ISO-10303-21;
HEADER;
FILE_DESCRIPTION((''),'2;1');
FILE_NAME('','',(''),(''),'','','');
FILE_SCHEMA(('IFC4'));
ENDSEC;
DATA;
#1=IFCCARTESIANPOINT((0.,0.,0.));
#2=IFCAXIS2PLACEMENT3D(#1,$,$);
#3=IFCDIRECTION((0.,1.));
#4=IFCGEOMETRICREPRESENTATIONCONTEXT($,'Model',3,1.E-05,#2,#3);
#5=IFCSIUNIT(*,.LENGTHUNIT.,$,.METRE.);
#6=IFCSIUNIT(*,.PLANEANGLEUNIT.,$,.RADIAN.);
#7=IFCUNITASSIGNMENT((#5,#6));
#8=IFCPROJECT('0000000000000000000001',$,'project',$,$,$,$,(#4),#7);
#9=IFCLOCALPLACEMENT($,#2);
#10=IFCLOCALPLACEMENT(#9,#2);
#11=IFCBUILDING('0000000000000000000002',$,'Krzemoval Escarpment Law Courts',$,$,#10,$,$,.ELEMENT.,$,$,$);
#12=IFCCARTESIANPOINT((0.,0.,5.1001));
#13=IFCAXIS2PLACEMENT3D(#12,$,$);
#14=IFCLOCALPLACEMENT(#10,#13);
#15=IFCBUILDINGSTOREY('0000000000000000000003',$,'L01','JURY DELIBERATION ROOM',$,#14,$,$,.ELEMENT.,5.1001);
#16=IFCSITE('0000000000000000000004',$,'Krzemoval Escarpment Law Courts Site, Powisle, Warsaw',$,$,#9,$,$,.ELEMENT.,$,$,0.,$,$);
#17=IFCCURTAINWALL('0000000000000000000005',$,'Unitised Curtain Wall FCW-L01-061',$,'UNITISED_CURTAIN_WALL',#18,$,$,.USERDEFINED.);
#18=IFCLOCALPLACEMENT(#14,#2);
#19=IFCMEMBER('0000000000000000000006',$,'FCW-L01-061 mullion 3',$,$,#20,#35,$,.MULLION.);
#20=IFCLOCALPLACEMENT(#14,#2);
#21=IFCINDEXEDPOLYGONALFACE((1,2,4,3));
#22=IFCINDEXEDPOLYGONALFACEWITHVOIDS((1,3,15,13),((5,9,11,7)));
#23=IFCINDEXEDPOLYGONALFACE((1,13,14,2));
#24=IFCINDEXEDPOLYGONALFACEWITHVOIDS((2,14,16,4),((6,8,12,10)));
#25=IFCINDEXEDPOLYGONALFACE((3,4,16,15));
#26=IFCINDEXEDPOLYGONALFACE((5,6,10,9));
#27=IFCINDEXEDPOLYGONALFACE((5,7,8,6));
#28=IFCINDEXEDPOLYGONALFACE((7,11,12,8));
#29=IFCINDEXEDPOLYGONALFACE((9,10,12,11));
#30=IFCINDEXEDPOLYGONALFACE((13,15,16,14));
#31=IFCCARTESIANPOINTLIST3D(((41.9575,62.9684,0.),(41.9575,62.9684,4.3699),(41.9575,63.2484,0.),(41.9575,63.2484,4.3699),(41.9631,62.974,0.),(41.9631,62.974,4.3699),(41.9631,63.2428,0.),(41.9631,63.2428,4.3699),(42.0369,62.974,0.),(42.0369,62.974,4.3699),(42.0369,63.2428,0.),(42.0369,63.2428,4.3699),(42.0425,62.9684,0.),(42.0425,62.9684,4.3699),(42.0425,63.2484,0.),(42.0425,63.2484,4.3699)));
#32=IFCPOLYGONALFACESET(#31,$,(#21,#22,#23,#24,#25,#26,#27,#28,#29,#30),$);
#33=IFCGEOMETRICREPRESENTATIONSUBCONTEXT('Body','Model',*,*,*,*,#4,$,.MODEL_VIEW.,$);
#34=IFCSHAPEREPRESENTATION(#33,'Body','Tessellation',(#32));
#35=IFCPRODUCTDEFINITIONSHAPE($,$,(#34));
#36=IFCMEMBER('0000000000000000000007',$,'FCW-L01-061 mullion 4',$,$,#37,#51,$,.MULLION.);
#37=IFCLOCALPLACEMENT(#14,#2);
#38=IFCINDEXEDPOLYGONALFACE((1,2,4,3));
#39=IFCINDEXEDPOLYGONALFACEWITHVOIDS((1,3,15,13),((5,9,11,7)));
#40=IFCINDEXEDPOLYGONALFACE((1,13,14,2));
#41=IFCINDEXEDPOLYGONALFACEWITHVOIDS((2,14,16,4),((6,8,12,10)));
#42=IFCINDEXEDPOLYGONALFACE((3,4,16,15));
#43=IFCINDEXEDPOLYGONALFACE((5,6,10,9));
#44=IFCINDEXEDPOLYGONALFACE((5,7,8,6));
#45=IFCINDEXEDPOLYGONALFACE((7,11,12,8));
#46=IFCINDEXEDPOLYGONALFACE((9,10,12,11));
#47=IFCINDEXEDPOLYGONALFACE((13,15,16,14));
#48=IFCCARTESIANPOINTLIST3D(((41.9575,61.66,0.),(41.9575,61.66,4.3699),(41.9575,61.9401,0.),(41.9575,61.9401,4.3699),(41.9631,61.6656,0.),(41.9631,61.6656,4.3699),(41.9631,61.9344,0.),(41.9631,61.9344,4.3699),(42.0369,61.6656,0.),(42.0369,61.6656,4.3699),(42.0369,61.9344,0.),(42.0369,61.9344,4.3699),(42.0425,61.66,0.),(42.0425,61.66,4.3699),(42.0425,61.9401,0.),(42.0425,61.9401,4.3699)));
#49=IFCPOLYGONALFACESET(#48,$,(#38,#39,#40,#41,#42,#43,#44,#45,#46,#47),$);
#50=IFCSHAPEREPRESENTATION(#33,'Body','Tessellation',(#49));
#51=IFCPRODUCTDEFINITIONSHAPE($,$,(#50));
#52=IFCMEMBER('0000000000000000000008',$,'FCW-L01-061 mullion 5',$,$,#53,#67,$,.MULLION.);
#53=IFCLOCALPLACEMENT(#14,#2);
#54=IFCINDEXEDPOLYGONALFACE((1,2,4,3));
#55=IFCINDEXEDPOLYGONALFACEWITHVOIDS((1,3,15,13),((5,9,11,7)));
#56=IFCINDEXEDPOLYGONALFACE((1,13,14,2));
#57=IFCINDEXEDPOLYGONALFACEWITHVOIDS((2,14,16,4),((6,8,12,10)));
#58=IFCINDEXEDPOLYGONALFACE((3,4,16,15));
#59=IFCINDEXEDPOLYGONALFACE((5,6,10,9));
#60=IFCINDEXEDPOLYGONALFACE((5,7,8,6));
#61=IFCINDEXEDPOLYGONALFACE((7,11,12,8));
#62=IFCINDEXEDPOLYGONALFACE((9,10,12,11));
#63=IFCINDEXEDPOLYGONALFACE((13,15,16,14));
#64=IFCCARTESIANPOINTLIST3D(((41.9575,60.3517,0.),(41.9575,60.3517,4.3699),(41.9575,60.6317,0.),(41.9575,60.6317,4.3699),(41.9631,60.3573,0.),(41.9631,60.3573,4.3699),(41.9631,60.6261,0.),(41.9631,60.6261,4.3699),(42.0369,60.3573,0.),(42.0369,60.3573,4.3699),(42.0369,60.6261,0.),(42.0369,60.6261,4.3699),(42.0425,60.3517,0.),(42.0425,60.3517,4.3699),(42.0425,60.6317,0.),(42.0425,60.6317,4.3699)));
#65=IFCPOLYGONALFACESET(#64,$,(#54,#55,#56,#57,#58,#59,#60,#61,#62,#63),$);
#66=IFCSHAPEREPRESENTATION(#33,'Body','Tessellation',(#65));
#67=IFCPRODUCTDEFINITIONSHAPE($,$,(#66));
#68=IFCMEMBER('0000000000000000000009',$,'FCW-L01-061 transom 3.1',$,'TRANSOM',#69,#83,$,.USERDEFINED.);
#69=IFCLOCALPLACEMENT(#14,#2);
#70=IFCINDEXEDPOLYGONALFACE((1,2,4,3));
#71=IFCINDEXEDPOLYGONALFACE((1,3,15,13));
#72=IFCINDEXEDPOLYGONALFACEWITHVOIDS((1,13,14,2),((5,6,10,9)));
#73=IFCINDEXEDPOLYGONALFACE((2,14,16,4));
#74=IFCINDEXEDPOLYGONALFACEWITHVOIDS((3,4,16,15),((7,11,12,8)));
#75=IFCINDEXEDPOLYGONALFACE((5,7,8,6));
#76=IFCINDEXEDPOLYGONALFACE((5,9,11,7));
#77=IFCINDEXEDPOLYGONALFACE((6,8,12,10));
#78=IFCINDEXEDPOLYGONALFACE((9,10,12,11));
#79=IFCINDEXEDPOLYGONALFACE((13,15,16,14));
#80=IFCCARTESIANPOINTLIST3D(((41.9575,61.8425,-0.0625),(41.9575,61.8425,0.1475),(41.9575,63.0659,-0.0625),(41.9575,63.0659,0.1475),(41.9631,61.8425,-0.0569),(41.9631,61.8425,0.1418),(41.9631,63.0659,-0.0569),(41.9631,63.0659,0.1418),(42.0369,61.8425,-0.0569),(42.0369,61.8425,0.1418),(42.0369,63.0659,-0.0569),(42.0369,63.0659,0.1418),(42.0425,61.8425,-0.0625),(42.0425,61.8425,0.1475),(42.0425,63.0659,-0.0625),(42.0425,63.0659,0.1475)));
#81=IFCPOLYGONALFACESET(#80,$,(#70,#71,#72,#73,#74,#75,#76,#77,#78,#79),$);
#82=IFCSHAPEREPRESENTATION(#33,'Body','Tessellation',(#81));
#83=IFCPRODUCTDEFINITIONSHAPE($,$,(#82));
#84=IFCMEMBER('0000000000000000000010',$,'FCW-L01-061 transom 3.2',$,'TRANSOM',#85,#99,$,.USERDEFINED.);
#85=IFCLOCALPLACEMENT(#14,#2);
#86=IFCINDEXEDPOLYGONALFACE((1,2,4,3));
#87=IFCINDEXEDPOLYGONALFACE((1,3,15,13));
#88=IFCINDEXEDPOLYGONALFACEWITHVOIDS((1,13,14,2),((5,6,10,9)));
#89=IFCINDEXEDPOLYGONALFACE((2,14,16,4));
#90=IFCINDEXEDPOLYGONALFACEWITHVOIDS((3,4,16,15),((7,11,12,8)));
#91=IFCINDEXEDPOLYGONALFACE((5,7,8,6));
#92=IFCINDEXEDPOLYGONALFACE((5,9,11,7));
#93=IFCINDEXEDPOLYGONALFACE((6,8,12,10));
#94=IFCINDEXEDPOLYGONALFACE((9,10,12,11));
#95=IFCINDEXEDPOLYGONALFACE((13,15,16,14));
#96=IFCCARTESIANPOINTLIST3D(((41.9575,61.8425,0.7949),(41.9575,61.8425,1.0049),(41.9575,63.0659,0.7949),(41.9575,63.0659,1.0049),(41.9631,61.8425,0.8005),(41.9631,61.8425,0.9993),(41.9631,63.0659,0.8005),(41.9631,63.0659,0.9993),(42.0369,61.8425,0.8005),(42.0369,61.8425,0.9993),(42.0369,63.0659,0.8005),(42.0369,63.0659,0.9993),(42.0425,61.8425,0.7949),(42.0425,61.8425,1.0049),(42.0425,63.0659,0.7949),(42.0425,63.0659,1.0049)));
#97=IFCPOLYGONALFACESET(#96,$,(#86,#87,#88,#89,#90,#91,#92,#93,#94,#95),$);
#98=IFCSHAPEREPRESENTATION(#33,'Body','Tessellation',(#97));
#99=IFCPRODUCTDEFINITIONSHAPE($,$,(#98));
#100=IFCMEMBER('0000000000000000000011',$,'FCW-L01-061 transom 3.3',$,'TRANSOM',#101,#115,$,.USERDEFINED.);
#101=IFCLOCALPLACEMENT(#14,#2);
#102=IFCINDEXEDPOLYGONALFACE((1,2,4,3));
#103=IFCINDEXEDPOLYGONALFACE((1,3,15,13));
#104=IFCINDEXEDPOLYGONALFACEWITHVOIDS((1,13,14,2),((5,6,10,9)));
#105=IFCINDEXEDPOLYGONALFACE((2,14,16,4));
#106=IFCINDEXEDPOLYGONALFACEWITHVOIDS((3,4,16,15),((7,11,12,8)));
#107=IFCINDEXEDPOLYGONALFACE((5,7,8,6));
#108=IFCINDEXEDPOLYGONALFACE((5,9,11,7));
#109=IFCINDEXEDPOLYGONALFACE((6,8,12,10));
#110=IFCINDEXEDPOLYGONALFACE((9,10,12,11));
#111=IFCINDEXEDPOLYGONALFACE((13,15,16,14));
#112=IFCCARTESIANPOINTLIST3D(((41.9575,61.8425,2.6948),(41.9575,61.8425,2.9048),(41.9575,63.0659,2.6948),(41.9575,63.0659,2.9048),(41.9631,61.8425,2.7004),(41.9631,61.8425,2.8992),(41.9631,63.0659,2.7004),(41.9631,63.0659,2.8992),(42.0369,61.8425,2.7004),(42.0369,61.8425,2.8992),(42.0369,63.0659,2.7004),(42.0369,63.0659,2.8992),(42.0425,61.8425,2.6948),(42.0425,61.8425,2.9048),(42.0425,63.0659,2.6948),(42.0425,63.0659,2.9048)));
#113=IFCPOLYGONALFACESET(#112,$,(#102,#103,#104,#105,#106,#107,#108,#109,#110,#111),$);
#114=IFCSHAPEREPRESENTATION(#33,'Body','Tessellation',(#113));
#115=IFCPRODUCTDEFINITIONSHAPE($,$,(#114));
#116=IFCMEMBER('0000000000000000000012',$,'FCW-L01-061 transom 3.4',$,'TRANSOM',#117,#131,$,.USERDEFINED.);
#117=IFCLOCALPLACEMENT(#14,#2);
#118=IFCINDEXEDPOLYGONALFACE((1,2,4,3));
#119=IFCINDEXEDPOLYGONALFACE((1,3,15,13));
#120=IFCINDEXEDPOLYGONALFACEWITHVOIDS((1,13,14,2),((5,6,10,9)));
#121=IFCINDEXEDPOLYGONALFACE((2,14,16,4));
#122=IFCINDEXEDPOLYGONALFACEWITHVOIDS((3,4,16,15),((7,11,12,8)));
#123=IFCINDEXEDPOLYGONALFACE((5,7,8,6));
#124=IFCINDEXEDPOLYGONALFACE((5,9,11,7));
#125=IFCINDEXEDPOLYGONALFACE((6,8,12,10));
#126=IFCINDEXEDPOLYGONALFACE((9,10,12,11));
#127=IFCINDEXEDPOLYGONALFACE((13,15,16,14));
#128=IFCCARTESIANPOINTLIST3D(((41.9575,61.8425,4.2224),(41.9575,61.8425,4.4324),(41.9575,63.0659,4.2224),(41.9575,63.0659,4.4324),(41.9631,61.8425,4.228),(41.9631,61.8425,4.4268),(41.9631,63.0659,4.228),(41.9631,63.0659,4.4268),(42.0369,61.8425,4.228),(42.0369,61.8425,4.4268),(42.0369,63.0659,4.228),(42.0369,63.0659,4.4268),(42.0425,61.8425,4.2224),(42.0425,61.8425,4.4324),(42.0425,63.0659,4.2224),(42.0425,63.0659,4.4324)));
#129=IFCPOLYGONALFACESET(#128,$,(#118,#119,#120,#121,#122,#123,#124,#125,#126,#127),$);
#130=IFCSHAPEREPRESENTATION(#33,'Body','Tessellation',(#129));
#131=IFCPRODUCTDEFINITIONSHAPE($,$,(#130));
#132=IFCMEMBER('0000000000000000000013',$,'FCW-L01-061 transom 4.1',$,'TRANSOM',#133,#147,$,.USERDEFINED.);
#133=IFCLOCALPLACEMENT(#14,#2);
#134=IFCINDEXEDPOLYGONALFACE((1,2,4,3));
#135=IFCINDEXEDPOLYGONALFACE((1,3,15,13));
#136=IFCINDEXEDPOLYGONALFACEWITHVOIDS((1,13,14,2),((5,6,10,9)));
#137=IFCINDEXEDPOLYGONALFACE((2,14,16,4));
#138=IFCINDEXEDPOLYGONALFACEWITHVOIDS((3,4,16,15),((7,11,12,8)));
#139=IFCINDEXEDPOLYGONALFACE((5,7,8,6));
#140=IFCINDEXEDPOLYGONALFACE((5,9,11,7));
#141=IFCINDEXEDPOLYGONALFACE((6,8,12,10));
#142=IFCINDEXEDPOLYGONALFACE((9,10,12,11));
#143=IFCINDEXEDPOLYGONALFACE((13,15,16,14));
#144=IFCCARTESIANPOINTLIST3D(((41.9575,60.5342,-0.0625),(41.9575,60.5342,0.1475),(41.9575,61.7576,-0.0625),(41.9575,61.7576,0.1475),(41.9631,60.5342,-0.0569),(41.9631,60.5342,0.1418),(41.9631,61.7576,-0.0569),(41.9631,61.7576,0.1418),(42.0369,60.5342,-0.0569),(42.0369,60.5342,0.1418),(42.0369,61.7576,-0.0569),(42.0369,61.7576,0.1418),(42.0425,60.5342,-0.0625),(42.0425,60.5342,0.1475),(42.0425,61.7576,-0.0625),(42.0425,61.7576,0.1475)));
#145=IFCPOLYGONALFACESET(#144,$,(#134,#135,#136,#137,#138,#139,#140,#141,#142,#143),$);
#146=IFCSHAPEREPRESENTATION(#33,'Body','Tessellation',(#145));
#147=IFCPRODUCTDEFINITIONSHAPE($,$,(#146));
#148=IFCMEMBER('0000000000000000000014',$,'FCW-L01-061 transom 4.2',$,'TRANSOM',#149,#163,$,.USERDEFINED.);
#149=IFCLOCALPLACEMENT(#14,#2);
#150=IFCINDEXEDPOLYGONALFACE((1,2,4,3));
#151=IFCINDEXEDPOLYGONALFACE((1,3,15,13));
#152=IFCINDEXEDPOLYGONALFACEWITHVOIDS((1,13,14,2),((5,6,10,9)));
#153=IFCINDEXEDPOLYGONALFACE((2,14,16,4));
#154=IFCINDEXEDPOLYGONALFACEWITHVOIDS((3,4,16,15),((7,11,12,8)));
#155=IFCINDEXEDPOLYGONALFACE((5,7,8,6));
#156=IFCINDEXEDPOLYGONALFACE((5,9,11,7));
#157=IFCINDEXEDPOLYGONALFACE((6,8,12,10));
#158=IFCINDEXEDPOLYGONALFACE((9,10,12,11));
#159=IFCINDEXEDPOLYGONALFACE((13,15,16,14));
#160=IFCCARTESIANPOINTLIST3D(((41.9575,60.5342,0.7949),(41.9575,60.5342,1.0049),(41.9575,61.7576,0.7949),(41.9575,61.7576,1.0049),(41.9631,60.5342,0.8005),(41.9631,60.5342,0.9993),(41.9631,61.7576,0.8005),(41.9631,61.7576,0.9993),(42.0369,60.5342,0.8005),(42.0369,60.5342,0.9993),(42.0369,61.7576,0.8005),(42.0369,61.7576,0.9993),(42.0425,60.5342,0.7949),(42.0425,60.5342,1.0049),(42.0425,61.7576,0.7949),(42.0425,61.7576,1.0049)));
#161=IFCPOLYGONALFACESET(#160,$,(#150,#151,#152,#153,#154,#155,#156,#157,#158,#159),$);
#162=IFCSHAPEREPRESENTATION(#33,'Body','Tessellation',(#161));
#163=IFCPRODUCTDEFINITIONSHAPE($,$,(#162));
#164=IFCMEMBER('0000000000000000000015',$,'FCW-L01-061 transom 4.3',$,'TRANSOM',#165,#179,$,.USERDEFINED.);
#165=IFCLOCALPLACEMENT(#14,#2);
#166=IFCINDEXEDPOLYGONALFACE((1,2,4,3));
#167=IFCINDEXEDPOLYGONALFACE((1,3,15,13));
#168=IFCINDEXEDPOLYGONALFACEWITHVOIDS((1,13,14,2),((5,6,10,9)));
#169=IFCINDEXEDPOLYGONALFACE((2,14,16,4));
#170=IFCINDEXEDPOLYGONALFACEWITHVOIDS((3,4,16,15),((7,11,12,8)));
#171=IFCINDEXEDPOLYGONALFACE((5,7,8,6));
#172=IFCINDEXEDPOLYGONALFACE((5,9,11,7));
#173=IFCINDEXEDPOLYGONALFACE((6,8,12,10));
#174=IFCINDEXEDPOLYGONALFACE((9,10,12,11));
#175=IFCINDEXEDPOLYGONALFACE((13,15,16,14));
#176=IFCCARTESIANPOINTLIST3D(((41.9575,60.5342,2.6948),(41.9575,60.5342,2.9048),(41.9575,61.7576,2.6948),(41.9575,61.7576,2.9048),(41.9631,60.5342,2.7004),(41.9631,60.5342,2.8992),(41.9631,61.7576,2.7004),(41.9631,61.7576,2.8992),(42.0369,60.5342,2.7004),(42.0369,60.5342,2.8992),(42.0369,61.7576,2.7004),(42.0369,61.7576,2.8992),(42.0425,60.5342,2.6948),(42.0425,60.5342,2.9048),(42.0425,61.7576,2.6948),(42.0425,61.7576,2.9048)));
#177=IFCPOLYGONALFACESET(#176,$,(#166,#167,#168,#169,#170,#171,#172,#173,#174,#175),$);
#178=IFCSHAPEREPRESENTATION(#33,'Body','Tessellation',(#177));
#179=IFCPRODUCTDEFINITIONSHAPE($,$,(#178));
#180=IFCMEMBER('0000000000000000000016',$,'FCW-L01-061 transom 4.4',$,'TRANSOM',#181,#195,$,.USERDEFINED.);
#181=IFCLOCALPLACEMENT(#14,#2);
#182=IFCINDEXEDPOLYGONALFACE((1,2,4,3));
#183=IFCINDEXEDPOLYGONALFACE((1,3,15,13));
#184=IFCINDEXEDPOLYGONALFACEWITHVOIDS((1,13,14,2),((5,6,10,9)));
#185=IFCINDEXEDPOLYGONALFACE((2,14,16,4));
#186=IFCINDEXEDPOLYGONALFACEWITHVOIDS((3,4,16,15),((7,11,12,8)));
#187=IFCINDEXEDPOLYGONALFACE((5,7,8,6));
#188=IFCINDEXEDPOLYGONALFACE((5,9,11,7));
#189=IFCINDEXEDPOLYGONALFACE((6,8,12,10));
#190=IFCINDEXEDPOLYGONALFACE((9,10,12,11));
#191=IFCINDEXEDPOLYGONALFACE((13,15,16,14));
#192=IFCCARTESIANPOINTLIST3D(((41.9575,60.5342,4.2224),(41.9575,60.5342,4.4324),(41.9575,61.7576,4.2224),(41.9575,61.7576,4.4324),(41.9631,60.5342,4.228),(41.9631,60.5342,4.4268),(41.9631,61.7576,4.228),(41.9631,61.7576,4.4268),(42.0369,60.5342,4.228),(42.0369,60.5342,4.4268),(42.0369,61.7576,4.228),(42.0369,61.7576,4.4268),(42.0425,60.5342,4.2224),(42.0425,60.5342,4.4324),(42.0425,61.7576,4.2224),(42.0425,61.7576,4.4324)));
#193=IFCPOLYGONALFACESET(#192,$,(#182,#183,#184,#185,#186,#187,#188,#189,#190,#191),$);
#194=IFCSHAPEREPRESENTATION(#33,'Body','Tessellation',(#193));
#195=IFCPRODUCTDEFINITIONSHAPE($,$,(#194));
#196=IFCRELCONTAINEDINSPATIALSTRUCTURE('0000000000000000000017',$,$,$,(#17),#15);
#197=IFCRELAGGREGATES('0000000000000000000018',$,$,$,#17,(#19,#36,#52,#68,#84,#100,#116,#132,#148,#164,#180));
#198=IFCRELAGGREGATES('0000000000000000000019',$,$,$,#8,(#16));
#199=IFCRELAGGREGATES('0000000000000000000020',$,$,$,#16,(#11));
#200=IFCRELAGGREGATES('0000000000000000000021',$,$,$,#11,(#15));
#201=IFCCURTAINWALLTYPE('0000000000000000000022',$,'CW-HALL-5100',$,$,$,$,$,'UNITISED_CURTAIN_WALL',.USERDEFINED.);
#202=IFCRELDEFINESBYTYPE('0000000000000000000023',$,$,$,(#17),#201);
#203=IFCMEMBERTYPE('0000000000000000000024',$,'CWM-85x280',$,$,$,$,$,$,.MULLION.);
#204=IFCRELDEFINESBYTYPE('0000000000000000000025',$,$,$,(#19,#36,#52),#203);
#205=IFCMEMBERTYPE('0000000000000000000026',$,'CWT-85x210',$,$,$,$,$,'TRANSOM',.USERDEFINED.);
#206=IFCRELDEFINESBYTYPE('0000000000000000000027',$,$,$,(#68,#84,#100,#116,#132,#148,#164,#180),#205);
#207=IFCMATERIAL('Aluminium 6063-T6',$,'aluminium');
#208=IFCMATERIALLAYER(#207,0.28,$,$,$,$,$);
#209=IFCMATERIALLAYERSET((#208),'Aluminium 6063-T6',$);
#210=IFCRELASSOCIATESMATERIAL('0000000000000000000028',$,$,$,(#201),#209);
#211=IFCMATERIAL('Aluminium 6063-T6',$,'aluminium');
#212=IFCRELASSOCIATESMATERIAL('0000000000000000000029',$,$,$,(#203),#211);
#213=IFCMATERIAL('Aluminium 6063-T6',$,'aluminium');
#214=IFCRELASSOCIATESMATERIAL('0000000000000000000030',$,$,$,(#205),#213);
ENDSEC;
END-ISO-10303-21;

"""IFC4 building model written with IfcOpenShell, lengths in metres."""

from ifc_helpers import new_model, si_unit, direction, frame, origin, origin_2d, place, context, subcontext, project, spatial, hollow_rectangle, extrude, material, layer, layer_set, material_profile, profile_set, type_object, element, aggregate, save


model = new_model("IFC4")

# Units and contexts
model_context = context("Model", 3, precision=1e-05, world=origin(), true_north=direction((0.0, 1.0)))
body_context = subcontext(model_context, "Body", "Model", "MODEL_VIEW")
ifc_project = project(units=[si_unit("LENGTHUNIT", "METRE"), si_unit("PLANEANGLEUNIT", "RADIAN")], contexts=[model_context])

# Site, building, storey
site_placement = place(None, origin())
site = spatial("IfcSite", under=ifc_project, at=site_placement, Name="Krzemoval Escarpment Law Courts Site, Powisle, Warsaw", CompositionType="ELEMENT", RefElevation=0.0)
building_placement = place(site_placement, origin())
building = spatial("IfcBuilding", under=site, at=building_placement, Name="Krzemoval Escarpment Law Courts", CompositionType="ELEMENT")
storey_placement = place(building_placement, frame((0.0, 0.0, 5.1001)))
storey = spatial("IfcBuildingStorey", under=building, at=storey_placement, Name="L01", Description="JURY DELIBERATION ROOM", CompositionType="ELEMENT", Elevation=5.1001)

# Curtain wall, members
ifc_material_1 = material(Name="Aluminium 6063-T6", Category="aluminium")
ifc_layer_1 = layer(ifc_material_1, 0.28)
ifc_layer_set_1 = layer_set([ifc_layer_1], Name="Aluminium 6063-T6")
curtain_wall_type = type_object("IfcCurtainWallType", Name="CW-HALL-5100", ElementType="UNITISED_CURTAIN_WALL", PredefinedType="USERDEFINED", material=ifc_layer_set_1)
curtain_wall_placement = place(storey_placement, origin())
curtain_wall = element("IfcCurtainWall", 1, at=curtain_wall_placement, inside=storey, type_object=curtain_wall_type, Name="Unitised Curtain Wall FCW-L01-061", ObjectType="UNITISED_CURTAIN_WALL", PredefinedType="USERDEFINED")
ifc_material_2 = material(Name="Aluminium 6063-T6", Category="aluminium")
ifc_material_profile_1 = material_profile(ifc_material_2, hollow_rectangle(XDim=0.085, YDim=0.28, WallThickness=0.0056, at=origin_2d()), Name="ALU M85x280")
ifc_profile_set_1 = profile_set([ifc_material_profile_1], Name="Aluminium 6063-T6")
member_type_1 = type_object("IfcMemberType", Name="CWM-85x280", PredefinedType="MULLION", material=ifc_profile_set_1)
member_1_placement = place(storey_placement, frame((42.0, 63.1084, 0.0), z_axis=(0.0, 0.0, 1.0), x_axis=(1.0, 0.0, 0.0)))
member_1 = element("IfcMember", 2, at=member_1_placement, type_object=member_type_1, Name="FCW-L01-061 mullion 3", PredefinedType="MULLION", context=body_context, shape_type="SweptSolid", body=[
    extrude(hollow_rectangle(XDim=0.085, YDim=0.28, WallThickness=0.0056, at=origin_2d()), origin(), (0.0, 0.0, 1.0), 4.3699),
])
member_2_placement = place(storey_placement, frame((42.0, 61.8, 0.0), z_axis=(0.0, 0.0, 1.0), x_axis=(1.0, 0.0, 0.0)))
member_2 = element("IfcMember", 3, at=member_2_placement, type_object=member_type_1, Name="FCW-L01-061 mullion 4", PredefinedType="MULLION", context=body_context, shape_type="SweptSolid", body=[
    extrude(hollow_rectangle(XDim=0.085, YDim=0.28, WallThickness=0.0056, at=origin_2d()), origin(), (0.0, 0.0, 1.0), 4.3699),
])
member_3_placement = place(storey_placement, frame((42.0, 60.4917, 0.0), z_axis=(0.0, 0.0, 1.0), x_axis=(1.0, 0.0, 0.0)))
member_3 = element("IfcMember", 4, at=member_3_placement, type_object=member_type_1, Name="FCW-L01-061 mullion 5", PredefinedType="MULLION", context=body_context, shape_type="SweptSolid", body=[
    extrude(hollow_rectangle(XDim=0.085, YDim=0.28, WallThickness=0.0056, at=origin_2d()), origin(), (0.0, 0.0, 1.0), 4.3699),
])
ifc_material_3 = material(Name="Aluminium 6063-T6", Category="aluminium")
ifc_material_profile_2 = material_profile(ifc_material_3, hollow_rectangle(XDim=0.085, YDim=0.21, WallThickness=0.0056, at=origin_2d()), Name="ALU T85x210")
ifc_profile_set_2 = profile_set([ifc_material_profile_2], Name="Aluminium 6063-T6")
member_type_2 = type_object("IfcMemberType", Name="CWT-85x210", ElementType="TRANSOM", PredefinedType="USERDEFINED", material=ifc_profile_set_2)
member_4_placement = place(storey_placement, frame((42.0, 63.0659, 0.0425), z_axis=(0.0, -1.0, 0.0), x_axis=(1.0, 0.0, 0.0)))
member_4 = element("IfcMember", 5, at=member_4_placement, type_object=member_type_2, Name="FCW-L01-061 transom 3.1", ObjectType="TRANSOM", PredefinedType="USERDEFINED", context=body_context, shape_type="SweptSolid", body=[
    extrude(hollow_rectangle(XDim=0.085, YDim=0.21, WallThickness=0.0056, at=origin_2d()), origin(), (0.0, 0.0, 1.0), 1.2234),
])
member_5_placement = place(storey_placement, frame((42.0, 63.0659, 0.8999), z_axis=(0.0, -1.0, 0.0), x_axis=(1.0, 0.0, 0.0)))
member_5 = element("IfcMember", 6, at=member_5_placement, type_object=member_type_2, Name="FCW-L01-061 transom 3.2", ObjectType="TRANSOM", PredefinedType="USERDEFINED", context=body_context, shape_type="SweptSolid", body=[
    extrude(hollow_rectangle(XDim=0.085, YDim=0.21, WallThickness=0.0056, at=origin_2d()), origin(), (0.0, 0.0, 1.0), 1.2234),
])
member_6_placement = place(storey_placement, frame((42.0, 63.0659, 2.7998), z_axis=(0.0, -1.0, 0.0), x_axis=(1.0, 0.0, 0.0)))
member_6 = element("IfcMember", 7, at=member_6_placement, type_object=member_type_2, Name="FCW-L01-061 transom 3.3", ObjectType="TRANSOM", PredefinedType="USERDEFINED", context=body_context, shape_type="SweptSolid", body=[
    extrude(hollow_rectangle(XDim=0.085, YDim=0.21, WallThickness=0.0056, at=origin_2d()), origin(), (0.0, 0.0, 1.0), 1.2234),
])
member_7_placement = place(storey_placement, frame((42.0, 63.0659, 4.3274), z_axis=(0.0, -1.0, 0.0), x_axis=(1.0, 0.0, 0.0)))
member_7 = element("IfcMember", 8, at=member_7_placement, type_object=member_type_2, Name="FCW-L01-061 transom 3.4", ObjectType="TRANSOM", PredefinedType="USERDEFINED", context=body_context, shape_type="SweptSolid", body=[
    extrude(hollow_rectangle(XDim=0.085, YDim=0.21, WallThickness=0.0056, at=origin_2d()), origin(), (0.0, 0.0, 1.0), 1.2234),
])
member_8_placement = place(storey_placement, frame((42.0, 61.7576, 0.0425), z_axis=(0.0, -1.0, 0.0), x_axis=(1.0, 0.0, 0.0)))
member_8 = element("IfcMember", 9, at=member_8_placement, type_object=member_type_2, Name="FCW-L01-061 transom 4.1", ObjectType="TRANSOM", PredefinedType="USERDEFINED", context=body_context, shape_type="SweptSolid", body=[
    extrude(hollow_rectangle(XDim=0.085, YDim=0.21, WallThickness=0.0056, at=origin_2d()), origin(), (0.0, 0.0, 1.0), 1.2234),
])
member_9_placement = place(storey_placement, frame((42.0, 61.7576, 0.8999), z_axis=(0.0, -1.0, 0.0), x_axis=(1.0, 0.0, 0.0)))
member_9 = element("IfcMember", 10, at=member_9_placement, type_object=member_type_2, Name="FCW-L01-061 transom 4.2", ObjectType="TRANSOM", PredefinedType="USERDEFINED", context=body_context, shape_type="SweptSolid", body=[
    extrude(hollow_rectangle(XDim=0.085, YDim=0.21, WallThickness=0.0056, at=origin_2d()), origin(), (0.0, 0.0, 1.0), 1.2234),
])
member_10_placement = place(storey_placement, frame((42.0, 61.7576, 2.7998), z_axis=(0.0, -1.0, 0.0), x_axis=(1.0, 0.0, 0.0)))
member_10 = element("IfcMember", 11, at=member_10_placement, type_object=member_type_2, Name="FCW-L01-061 transom 4.3", ObjectType="TRANSOM", PredefinedType="USERDEFINED", context=body_context, shape_type="SweptSolid", body=[
    extrude(hollow_rectangle(XDim=0.085, YDim=0.21, WallThickness=0.0056, at=origin_2d()), origin(), (0.0, 0.0, 1.0), 1.2234),
])
member_11_placement = place(storey_placement, frame((42.0, 61.7576, 4.3274), z_axis=(0.0, -1.0, 0.0), x_axis=(1.0, 0.0, 0.0)))
member_11 = element("IfcMember", 12, at=member_11_placement, type_object=member_type_2, Name="FCW-L01-061 transom 4.4", ObjectType="TRANSOM", PredefinedType="USERDEFINED", context=body_context, shape_type="SweptSolid", body=[
    extrude(hollow_rectangle(XDim=0.085, YDim=0.21, WallThickness=0.0056, at=origin_2d()), origin(), (0.0, 0.0, 1.0), 1.2234),
])

aggregate(curtain_wall, [member_1, member_2, member_3, member_4, member_5, member_6, member_7, member_8, member_9, member_10, member_11])

save(model, "model.ifc")
